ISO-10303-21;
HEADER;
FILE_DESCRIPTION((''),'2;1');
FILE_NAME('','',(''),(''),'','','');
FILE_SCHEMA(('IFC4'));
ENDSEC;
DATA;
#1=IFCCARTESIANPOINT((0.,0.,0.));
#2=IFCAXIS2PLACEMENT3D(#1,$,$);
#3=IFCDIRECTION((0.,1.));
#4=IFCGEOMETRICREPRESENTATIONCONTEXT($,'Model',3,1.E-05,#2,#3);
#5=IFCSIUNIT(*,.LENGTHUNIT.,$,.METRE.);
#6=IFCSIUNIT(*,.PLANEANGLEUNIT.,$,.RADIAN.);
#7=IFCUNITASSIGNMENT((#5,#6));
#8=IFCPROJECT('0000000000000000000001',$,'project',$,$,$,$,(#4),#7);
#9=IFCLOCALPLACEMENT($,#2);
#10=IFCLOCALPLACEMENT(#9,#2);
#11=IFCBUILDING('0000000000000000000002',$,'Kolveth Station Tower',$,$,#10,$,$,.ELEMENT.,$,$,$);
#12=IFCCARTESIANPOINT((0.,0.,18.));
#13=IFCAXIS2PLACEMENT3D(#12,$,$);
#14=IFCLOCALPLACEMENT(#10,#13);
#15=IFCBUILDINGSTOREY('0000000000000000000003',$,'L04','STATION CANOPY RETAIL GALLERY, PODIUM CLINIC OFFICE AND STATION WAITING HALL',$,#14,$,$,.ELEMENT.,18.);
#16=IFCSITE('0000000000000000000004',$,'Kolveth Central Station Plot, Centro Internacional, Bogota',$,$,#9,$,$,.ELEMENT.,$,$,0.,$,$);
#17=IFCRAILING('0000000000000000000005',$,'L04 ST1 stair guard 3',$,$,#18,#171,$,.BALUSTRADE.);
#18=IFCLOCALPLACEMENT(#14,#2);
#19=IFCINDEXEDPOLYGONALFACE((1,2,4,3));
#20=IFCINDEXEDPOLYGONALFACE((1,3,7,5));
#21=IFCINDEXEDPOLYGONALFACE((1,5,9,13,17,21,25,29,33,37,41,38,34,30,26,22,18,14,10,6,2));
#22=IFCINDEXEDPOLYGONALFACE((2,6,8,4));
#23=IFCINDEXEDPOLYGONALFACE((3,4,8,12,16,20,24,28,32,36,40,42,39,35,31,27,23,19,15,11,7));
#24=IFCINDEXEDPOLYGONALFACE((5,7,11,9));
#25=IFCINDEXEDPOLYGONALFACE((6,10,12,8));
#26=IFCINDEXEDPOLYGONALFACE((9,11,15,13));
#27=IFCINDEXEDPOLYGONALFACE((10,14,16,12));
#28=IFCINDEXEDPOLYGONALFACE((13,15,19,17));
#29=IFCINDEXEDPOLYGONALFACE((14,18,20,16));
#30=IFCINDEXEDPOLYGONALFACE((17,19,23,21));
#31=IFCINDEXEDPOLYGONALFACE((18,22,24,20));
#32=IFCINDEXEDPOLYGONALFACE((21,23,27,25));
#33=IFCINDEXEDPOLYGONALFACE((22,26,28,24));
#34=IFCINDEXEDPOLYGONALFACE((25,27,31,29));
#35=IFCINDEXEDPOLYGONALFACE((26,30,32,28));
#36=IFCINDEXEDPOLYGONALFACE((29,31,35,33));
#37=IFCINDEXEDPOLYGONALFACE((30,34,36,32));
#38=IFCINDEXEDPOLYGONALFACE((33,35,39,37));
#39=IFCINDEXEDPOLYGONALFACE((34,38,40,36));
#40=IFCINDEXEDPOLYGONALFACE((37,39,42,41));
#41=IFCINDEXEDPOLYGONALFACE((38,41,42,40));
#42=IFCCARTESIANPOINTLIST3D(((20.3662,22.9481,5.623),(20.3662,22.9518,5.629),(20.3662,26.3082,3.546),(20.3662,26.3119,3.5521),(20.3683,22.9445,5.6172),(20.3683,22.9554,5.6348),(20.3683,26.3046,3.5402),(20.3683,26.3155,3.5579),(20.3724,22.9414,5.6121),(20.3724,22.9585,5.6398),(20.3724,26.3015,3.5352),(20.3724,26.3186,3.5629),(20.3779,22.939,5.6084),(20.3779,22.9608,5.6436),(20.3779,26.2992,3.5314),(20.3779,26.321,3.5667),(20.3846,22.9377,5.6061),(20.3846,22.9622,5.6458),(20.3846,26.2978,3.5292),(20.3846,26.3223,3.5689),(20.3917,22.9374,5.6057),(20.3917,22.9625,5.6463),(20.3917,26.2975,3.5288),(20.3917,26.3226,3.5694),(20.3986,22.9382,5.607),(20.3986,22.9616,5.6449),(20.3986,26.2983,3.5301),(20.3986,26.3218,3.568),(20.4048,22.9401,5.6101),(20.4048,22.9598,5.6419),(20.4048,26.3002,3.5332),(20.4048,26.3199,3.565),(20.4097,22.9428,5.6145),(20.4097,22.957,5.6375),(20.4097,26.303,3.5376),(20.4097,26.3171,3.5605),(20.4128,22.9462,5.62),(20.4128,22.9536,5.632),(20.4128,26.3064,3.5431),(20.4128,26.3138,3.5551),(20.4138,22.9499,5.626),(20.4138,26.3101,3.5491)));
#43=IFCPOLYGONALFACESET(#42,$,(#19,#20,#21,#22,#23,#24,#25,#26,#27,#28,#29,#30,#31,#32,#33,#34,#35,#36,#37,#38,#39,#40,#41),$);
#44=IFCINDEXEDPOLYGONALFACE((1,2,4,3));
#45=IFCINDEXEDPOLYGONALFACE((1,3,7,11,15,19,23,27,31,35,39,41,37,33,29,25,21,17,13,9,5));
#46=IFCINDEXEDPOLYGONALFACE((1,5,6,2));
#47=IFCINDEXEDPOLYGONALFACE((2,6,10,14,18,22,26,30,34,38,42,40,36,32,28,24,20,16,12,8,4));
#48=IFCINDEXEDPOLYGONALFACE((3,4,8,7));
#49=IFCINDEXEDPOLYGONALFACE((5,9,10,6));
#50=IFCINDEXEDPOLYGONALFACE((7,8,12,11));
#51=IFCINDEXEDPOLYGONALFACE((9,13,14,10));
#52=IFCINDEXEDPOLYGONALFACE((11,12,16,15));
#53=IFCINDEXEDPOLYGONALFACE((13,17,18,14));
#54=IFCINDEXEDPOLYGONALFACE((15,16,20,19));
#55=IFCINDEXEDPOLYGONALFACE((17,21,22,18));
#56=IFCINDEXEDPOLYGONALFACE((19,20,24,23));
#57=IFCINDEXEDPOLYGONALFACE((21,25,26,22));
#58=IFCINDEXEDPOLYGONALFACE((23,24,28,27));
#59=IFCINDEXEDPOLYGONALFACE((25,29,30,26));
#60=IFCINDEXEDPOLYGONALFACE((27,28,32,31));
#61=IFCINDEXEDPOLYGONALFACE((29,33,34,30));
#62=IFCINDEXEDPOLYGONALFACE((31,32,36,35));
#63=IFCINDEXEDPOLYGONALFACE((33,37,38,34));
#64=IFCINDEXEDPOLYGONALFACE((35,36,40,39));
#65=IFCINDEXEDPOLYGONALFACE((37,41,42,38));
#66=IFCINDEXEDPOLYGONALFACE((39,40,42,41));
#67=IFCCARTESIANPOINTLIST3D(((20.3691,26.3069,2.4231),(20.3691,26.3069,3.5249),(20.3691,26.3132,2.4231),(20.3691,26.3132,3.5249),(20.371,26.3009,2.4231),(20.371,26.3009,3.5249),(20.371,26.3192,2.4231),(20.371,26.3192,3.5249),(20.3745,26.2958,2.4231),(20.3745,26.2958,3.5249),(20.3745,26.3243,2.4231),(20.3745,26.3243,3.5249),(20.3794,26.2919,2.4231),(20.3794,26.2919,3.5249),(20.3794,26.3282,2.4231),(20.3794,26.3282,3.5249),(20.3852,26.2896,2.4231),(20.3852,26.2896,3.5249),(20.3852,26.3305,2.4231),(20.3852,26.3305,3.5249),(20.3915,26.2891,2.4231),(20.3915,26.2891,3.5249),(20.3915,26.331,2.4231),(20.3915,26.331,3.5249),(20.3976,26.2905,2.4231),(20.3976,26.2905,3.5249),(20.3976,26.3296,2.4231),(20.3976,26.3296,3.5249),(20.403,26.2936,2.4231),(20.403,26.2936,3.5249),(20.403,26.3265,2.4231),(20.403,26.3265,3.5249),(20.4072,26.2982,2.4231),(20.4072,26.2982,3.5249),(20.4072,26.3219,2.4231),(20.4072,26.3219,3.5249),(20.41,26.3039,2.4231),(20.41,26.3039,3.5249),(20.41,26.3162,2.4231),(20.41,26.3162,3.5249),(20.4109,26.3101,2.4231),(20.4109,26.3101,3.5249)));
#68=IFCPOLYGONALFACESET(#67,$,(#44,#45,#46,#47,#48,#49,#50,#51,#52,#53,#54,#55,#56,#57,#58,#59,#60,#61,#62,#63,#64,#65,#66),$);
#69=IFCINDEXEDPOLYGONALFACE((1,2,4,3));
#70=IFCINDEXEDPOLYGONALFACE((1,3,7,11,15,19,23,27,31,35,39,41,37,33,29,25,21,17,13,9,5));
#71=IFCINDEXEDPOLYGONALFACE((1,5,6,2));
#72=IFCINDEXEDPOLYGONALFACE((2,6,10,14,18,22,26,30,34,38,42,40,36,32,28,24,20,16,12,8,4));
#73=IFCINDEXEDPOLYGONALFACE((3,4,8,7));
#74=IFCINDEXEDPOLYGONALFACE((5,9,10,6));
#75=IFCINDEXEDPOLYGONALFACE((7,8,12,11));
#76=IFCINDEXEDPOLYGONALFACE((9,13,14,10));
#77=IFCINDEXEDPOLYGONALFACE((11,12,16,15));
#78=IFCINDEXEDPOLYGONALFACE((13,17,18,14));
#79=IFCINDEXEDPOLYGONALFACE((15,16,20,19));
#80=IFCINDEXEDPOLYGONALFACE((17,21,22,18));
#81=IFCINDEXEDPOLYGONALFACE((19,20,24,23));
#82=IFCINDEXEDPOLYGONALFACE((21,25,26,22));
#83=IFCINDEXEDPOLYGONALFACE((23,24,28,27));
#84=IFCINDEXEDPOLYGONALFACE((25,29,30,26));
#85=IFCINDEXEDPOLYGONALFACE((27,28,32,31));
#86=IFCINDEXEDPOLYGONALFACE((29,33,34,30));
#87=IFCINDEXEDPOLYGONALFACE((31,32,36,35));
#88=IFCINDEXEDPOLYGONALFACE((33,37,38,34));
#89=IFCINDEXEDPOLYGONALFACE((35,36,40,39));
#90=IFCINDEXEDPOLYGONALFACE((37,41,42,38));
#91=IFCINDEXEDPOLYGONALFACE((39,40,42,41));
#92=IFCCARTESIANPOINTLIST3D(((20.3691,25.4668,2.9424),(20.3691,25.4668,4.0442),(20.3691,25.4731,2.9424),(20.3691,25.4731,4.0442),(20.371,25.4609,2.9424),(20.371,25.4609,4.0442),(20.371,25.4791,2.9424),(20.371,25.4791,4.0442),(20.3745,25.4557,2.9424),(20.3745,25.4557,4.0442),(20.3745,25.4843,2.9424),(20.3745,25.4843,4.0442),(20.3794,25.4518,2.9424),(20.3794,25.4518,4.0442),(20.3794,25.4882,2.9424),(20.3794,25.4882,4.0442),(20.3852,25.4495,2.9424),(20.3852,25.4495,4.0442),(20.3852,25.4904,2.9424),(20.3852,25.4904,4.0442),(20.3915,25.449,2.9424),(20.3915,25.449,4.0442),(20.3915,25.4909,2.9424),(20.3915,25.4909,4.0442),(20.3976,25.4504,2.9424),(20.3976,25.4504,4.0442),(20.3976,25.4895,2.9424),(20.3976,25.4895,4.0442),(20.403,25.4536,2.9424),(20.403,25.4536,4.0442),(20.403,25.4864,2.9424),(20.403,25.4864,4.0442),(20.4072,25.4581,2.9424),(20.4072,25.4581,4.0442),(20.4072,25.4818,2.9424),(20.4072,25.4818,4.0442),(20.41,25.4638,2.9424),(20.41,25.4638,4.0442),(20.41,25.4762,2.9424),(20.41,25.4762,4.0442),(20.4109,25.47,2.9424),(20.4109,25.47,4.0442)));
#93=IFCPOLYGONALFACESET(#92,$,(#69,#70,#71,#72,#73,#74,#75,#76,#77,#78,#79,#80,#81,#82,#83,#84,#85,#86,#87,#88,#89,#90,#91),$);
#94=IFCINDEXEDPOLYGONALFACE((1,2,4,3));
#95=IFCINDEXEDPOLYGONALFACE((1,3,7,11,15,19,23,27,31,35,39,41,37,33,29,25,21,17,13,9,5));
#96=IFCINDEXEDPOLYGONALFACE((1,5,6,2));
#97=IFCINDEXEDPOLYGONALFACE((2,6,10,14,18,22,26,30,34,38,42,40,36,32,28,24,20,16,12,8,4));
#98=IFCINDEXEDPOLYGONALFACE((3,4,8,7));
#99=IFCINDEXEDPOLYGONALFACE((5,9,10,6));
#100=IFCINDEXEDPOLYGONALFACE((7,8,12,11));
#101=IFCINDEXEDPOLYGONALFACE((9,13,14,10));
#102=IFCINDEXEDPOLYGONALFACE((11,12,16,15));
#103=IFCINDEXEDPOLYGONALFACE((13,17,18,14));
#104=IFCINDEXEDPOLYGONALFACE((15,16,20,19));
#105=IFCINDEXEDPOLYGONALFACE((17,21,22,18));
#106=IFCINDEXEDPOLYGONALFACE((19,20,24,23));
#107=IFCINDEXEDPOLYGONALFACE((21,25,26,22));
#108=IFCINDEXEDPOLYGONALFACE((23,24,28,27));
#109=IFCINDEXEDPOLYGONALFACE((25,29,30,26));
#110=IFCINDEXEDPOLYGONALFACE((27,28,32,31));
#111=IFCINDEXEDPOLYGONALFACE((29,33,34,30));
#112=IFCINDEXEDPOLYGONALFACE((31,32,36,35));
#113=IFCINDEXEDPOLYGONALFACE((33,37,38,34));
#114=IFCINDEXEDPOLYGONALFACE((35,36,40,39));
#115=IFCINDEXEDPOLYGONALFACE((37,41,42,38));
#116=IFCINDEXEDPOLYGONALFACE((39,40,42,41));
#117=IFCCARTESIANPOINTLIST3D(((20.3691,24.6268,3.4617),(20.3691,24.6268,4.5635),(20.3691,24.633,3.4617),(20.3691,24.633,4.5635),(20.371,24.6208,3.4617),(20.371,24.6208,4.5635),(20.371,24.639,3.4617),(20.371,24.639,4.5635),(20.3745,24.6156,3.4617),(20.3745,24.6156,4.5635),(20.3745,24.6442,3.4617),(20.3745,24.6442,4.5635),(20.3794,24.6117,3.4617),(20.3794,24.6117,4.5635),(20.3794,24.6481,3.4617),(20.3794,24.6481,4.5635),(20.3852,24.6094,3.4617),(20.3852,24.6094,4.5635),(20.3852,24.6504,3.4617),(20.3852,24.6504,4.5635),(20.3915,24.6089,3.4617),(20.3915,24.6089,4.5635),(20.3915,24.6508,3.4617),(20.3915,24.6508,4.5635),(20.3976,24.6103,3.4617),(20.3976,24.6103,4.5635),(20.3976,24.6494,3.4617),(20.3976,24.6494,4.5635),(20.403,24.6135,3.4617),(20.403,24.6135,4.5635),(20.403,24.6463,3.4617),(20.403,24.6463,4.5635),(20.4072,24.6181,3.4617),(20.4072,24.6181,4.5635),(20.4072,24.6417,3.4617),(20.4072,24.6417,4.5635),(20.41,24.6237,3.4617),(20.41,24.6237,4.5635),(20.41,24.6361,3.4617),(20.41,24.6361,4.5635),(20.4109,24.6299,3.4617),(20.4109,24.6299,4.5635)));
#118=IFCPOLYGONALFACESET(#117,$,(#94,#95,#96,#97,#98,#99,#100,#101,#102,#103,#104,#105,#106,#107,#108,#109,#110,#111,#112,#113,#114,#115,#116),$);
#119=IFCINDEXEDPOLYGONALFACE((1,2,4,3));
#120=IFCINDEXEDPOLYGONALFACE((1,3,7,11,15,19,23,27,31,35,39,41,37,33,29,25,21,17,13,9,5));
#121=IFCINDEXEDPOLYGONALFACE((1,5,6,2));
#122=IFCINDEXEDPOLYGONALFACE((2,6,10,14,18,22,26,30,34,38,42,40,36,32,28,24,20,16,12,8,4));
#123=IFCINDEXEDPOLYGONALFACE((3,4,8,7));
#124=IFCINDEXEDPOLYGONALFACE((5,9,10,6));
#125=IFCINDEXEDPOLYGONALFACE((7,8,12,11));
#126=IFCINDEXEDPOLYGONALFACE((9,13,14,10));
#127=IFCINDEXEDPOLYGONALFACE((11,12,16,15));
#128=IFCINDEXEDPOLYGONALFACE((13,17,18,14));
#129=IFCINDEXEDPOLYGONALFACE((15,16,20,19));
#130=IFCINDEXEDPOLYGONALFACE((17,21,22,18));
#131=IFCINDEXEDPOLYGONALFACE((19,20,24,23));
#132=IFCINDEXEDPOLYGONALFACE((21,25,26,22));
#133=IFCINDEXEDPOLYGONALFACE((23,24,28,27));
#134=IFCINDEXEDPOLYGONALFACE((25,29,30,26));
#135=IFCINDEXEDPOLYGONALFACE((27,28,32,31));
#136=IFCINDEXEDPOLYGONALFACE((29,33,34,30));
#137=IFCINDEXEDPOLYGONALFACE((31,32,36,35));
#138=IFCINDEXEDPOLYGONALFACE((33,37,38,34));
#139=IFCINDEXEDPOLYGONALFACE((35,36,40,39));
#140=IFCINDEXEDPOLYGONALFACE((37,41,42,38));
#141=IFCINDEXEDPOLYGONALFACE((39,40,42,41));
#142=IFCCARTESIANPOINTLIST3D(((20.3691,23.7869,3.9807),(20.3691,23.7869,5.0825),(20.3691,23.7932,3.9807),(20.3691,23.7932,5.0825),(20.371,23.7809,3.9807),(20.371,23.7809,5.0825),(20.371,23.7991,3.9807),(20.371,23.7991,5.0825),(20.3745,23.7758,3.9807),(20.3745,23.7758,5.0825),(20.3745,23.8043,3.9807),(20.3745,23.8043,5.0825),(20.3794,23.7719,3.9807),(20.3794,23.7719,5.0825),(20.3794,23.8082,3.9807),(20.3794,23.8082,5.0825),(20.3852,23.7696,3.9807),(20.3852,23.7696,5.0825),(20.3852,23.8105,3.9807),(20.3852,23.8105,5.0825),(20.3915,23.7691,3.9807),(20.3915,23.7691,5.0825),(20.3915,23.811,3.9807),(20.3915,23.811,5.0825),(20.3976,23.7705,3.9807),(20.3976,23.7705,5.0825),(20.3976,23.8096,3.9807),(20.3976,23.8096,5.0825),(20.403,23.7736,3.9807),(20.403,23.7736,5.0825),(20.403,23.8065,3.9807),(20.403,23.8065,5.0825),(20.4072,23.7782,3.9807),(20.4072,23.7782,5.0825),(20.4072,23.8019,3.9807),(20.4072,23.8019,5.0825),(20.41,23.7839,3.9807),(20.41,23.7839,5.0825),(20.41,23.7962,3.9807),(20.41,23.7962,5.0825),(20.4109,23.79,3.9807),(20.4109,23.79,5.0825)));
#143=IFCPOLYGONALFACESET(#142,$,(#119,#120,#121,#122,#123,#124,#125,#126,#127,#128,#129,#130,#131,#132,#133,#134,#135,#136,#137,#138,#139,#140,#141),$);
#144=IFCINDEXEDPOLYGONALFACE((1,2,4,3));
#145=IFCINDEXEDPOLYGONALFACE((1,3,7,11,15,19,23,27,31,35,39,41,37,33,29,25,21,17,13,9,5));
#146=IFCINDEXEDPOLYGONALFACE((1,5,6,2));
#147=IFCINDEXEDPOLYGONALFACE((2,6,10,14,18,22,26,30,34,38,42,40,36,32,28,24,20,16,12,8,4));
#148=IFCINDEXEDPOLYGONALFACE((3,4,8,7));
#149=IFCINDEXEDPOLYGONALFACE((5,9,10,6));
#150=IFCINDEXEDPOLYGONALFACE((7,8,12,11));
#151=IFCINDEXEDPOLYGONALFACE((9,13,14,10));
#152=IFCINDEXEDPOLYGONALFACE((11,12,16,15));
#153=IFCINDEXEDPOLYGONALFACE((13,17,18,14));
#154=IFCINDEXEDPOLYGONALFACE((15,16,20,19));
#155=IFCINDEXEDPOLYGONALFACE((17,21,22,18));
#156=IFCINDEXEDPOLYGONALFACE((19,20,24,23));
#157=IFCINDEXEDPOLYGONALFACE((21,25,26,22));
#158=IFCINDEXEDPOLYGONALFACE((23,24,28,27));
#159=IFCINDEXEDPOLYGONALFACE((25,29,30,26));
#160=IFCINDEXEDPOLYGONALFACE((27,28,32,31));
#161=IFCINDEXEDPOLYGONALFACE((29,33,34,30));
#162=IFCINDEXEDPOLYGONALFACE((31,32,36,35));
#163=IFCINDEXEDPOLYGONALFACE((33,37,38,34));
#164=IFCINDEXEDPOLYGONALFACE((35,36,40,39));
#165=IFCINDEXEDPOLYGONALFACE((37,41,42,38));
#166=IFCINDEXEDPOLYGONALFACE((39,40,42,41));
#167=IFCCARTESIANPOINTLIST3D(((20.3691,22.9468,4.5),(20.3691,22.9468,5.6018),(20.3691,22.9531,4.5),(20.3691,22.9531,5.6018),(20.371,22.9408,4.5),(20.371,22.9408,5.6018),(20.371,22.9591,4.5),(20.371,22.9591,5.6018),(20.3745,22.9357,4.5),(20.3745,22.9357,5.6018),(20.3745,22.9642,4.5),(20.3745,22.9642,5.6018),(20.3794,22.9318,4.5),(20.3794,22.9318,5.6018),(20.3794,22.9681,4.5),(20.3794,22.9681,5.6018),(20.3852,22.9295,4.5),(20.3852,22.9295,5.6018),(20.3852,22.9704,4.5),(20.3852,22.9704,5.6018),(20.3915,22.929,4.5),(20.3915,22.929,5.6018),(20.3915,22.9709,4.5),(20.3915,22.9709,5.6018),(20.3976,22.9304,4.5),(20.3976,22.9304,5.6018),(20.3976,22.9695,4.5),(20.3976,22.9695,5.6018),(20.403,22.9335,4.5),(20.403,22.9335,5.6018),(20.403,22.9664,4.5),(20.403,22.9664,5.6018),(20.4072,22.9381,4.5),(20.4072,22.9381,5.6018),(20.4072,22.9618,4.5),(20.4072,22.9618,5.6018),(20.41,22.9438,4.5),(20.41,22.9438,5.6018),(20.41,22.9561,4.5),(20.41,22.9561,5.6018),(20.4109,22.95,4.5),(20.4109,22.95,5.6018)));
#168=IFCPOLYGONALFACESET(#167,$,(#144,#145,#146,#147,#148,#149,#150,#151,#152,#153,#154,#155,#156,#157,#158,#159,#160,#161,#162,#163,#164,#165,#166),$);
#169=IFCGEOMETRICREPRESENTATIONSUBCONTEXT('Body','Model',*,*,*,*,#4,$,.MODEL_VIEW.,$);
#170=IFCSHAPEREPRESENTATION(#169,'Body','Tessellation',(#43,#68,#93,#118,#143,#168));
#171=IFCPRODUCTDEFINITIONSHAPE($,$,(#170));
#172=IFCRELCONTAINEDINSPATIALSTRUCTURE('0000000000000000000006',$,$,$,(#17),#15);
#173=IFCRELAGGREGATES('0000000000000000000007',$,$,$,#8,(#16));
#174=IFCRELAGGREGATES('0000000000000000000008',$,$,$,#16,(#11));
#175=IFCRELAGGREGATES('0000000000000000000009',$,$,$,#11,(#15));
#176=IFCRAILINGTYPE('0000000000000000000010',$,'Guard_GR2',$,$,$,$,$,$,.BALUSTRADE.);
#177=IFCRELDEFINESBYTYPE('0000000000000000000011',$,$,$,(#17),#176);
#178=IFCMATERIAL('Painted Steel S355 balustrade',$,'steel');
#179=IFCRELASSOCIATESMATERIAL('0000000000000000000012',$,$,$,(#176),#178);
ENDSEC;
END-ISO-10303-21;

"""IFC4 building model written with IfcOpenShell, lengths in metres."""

from ifc_helpers import new_model, si_unit, direction, frame, origin, origin_2d, place, context, subcontext, project, spatial, circle, extrude, material, type_object, element, save


model = new_model("IFC4")

# Units and contexts
model_context = context("Model", 3, precision=1e-05, world=origin(), true_north=direction((0.0, 1.0)))
body_context = subcontext(model_context, "Body", "Model", "MODEL_VIEW")
ifc_project = project(units=[si_unit("LENGTHUNIT", "METRE"), si_unit("PLANEANGLEUNIT", "RADIAN")], contexts=[model_context])

# Site, building, storey
site_placement = place(None, origin())
site = spatial("IfcSite", under=ifc_project, at=site_placement, Name="Kolveth Central Station Plot, Centro Internacional, Bogota", CompositionType="ELEMENT", RefElevation=0.0)
building_placement = place(site_placement, origin())
building = spatial("IfcBuilding", under=site, at=building_placement, Name="Kolveth Station Tower", CompositionType="ELEMENT")
storey_placement = place(building_placement, frame((0.0, 0.0, 18.0)))
storey = spatial("IfcBuildingStorey", under=building, at=storey_placement, Name="L04", Description="STATION CANOPY RETAIL GALLERY, PODIUM CLINIC OFFICE AND STATION WAITING HALL", CompositionType="ELEMENT", Elevation=18.0)

# Railing
ifc_material_1 = material(Name="Painted Steel S355 balustrade", Category="steel")
railing_type_1 = type_object("IfcRailingType", Name="Guard_GR2", PredefinedType="BALUSTRADE", material=ifc_material_1)
railing_1_placement = place(storey_placement, frame((20.3899, 26.3101, 2.4231)))
element("IfcRailing", 1, at=railing_1_placement, inside=storey, type_object=railing_type_1, Name="L04 ST1 stair guard 3", PredefinedType="BALUSTRADE", context=body_context, shape_type="SweptSolid", body=[
    extrude(circle(Radius=0.0239, at=origin_2d()), frame((0.0, 0.0, 1.126), z_axis=(0.0, -0.850623, 0.525776), x_axis=(1.0, 0.0, 0.0)), (0.0, 0.0, 1.0), 3.9502),
    extrude(circle(Radius=0.021, at=origin_2d()), origin(), (0.0, 0.0, 1.0), 1.1018),
    extrude(circle(Radius=0.021, at=origin_2d()), frame((0.0, -0.8401, 0.5193)), (0.0, 0.0, 1.0), 1.1018),
    extrude(circle(Radius=0.021, at=origin_2d()), frame((0.0, -1.6802, 1.0386)), (0.0, 0.0, 1.0), 1.1018),
    extrude(circle(Radius=0.021, at=origin_2d()), frame((0.0, -2.52, 1.5576)), (0.0, 0.0, 1.0), 1.1018),
    extrude(circle(Radius=0.021, at=origin_2d()), frame((0.0, -3.3601, 2.0769)), (0.0, 0.0, 1.0), 1.1018),
])

save(model, "model.ifc")
